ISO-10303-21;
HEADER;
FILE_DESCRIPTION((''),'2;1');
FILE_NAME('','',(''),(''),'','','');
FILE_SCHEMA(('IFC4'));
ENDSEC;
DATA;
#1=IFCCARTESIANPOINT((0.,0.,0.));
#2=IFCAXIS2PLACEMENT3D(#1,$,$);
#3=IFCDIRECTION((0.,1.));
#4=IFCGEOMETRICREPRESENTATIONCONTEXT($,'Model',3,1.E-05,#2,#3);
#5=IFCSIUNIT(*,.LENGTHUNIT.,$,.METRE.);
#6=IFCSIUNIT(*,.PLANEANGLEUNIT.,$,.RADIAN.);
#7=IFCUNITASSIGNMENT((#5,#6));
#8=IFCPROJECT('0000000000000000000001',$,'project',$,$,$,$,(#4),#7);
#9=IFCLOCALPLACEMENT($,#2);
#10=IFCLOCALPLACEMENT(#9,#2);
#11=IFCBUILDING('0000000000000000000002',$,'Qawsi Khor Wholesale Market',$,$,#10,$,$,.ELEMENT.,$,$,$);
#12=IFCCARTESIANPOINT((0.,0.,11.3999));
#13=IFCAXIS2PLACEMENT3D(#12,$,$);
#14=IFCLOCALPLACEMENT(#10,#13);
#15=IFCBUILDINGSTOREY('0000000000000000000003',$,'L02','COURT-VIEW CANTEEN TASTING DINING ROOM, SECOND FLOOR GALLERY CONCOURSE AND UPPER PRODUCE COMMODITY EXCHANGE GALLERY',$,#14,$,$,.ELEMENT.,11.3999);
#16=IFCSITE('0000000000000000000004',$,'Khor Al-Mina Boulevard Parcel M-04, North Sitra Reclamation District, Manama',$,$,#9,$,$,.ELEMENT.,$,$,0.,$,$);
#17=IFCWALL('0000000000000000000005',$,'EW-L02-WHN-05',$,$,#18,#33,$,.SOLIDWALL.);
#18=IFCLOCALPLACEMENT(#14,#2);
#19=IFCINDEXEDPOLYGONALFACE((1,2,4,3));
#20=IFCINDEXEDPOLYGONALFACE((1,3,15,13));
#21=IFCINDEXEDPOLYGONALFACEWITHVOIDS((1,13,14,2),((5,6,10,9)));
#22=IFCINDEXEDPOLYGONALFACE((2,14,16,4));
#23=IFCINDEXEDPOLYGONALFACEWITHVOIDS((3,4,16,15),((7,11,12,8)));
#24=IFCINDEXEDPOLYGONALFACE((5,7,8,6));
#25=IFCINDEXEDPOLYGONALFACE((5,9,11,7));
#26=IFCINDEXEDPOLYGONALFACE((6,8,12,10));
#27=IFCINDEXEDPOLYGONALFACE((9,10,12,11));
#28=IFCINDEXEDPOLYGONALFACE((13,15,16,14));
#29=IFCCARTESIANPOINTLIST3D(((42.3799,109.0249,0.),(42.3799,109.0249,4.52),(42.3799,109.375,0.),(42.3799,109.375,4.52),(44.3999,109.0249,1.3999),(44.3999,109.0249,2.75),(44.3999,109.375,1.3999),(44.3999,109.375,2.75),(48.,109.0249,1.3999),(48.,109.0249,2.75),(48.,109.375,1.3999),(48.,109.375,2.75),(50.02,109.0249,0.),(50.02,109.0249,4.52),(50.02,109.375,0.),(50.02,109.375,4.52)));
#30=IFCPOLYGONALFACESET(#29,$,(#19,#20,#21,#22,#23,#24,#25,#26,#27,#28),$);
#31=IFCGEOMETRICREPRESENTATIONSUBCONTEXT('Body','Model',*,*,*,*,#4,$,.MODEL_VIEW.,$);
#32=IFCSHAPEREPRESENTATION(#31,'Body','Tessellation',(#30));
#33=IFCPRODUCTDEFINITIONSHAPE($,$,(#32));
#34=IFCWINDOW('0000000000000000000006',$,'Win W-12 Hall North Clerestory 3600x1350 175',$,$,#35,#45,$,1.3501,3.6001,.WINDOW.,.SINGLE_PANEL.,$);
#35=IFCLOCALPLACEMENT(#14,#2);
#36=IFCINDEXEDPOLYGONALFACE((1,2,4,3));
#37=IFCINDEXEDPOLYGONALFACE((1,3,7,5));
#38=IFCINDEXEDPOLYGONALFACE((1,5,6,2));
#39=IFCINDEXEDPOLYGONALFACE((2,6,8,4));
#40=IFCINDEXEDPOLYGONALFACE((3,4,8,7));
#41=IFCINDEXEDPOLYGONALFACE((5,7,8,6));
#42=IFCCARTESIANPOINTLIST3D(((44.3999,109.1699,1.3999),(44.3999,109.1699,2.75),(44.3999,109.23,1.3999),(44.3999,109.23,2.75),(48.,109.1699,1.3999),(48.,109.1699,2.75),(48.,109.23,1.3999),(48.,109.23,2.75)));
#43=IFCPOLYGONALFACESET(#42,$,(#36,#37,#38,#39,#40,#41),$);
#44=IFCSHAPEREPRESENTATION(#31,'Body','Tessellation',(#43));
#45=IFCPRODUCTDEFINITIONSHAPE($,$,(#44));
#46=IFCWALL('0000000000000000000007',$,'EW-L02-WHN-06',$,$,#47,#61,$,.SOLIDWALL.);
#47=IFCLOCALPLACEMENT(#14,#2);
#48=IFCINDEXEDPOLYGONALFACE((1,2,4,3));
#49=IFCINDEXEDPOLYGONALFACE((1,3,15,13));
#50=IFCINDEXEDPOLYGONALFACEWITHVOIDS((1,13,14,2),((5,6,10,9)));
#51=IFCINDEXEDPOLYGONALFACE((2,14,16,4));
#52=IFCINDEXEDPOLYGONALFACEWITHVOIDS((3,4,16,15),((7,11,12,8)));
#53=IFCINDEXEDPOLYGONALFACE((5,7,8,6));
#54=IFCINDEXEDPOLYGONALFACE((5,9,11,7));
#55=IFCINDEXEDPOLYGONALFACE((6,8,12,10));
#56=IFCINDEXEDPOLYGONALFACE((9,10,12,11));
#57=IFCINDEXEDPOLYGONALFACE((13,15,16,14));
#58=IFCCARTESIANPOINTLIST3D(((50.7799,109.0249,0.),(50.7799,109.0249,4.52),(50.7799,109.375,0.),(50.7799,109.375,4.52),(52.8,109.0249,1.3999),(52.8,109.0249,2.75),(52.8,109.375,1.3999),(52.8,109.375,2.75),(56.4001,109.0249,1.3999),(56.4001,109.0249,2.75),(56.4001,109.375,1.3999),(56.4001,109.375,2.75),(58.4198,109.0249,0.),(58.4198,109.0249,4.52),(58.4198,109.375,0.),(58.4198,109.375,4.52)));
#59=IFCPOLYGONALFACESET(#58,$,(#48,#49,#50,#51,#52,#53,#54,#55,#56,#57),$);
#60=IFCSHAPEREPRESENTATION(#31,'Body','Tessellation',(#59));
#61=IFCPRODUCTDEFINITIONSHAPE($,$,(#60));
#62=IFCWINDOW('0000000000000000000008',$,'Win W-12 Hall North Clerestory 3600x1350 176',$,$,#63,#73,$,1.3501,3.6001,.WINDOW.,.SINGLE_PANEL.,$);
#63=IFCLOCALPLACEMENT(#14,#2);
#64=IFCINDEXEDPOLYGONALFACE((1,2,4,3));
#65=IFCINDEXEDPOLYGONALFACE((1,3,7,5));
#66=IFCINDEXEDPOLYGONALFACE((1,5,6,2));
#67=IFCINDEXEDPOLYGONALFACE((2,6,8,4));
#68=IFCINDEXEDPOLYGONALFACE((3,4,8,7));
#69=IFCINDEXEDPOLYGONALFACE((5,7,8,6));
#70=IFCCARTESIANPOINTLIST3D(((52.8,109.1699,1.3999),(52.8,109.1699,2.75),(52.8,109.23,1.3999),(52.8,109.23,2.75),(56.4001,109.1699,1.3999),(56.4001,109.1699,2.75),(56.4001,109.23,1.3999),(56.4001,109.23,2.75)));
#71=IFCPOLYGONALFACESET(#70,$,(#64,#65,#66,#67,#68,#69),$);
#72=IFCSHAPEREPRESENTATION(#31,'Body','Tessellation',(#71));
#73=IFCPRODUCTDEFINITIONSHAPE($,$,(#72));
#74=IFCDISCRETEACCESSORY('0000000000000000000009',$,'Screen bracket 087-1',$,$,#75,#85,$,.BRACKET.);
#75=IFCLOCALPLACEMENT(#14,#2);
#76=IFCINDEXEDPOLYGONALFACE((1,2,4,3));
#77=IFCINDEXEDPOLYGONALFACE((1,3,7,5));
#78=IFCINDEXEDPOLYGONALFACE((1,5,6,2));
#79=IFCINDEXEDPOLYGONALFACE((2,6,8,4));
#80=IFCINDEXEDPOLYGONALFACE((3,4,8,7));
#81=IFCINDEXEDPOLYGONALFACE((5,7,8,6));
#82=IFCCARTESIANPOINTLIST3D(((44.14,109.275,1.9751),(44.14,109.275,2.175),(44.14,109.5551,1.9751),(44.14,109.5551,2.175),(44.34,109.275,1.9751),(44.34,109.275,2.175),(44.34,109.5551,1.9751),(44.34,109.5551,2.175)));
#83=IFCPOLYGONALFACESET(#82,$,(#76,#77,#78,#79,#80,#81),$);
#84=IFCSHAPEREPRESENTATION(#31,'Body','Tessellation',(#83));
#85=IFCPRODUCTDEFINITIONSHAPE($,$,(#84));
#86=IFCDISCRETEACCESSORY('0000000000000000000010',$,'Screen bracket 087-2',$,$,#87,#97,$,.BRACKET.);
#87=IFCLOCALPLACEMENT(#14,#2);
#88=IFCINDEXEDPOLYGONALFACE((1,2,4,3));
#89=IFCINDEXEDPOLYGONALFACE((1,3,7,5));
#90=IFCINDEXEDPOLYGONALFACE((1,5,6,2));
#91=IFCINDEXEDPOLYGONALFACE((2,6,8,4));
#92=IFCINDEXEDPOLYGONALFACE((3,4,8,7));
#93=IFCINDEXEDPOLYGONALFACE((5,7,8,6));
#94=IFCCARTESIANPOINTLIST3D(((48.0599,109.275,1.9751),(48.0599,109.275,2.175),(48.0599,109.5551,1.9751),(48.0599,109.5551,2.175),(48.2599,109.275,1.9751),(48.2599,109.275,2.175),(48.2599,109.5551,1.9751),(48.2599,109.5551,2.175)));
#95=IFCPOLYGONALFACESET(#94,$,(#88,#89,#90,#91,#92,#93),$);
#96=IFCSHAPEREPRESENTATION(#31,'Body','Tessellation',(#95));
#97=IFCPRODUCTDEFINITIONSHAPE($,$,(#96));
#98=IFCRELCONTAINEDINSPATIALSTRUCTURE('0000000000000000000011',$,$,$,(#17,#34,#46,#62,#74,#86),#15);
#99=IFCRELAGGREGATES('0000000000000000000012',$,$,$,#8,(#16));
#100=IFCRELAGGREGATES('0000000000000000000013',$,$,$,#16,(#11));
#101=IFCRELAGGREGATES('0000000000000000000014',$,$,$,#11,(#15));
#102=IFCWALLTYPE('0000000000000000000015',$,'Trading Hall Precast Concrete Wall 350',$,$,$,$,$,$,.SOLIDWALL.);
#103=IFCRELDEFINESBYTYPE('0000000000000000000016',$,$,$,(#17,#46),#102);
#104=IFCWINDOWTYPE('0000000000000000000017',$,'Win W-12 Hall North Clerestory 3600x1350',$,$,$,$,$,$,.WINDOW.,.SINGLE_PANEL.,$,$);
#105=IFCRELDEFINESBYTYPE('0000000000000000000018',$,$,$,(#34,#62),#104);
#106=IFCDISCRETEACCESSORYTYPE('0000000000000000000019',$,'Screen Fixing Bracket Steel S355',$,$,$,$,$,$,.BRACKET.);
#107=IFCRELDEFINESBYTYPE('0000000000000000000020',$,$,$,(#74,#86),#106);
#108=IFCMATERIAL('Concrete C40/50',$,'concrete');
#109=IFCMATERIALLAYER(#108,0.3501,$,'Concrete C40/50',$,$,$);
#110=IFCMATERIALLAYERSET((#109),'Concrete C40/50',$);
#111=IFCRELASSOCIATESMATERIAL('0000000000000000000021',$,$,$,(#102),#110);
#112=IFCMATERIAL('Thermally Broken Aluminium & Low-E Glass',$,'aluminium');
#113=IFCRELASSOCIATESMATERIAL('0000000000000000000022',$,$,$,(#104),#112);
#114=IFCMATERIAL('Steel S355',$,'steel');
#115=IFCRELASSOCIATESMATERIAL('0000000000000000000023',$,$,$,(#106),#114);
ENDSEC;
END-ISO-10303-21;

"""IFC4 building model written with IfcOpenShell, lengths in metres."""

from ifc_helpers import new_model, si_unit, direction, frame, frame_2d, origin, origin_2d, place, context, subcontext, project, spatial, rectangle, extrude, material, layer, layer_set, type_object, element, fill, save


model = new_model("IFC4")

# Units and contexts
model_context = context("Model", 3, precision=1e-05, world=origin(), true_north=direction((0.0, 1.0)))
body_context = subcontext(model_context, "Body", "Model", "MODEL_VIEW")
ifc_project = project(units=[si_unit("LENGTHUNIT", "METRE"), si_unit("PLANEANGLEUNIT", "RADIAN")], contexts=[model_context])

# Site, building, storey
site_placement = place(None, origin())
site = spatial("IfcSite", under=ifc_project, at=site_placement, Name="Khor Al-Mina Boulevard Parcel M-04, North Sitra Reclamation District, Manama", CompositionType="ELEMENT", RefElevation=0.0)
building_placement = place(site_placement, origin())
building = spatial("IfcBuilding", under=site, at=building_placement, Name="Qawsi Khor Wholesale Market", CompositionType="ELEMENT")
storey_placement = place(building_placement, frame((0.0, 0.0, 11.3999)))
storey = spatial("IfcBuildingStorey", under=building, at=storey_placement, Name="L02", Description="COURT-VIEW CANTEEN TASTING DINING ROOM, SECOND FLOOR GALLERY CONCOURSE AND UPPER PRODUCE COMMODITY EXCHANGE GALLERY", CompositionType="ELEMENT", Elevation=11.3999)

# Shared definitions
ifc_material_1 = material(Name="Concrete C40/50", Category="concrete")

# Shared definitions
ifc_material_2 = material(Name="Steel S355", Category="steel")

# Walls, openings, windows
ifc_layer_1 = layer(ifc_material_1, 0.3501, Name="Concrete C40/50")
ifc_layer_set_1 = layer_set([ifc_layer_1], Name="Concrete C40/50")
wall_type = type_object("IfcWallType", Name="Trading Hall Precast Concrete Wall 350", PredefinedType="SOLIDWALL", material=ifc_layer_set_1)
ifc_material_3 = material(Name="Thermally Broken Aluminium & Low-E Glass", Category="aluminium")
window_type = type_object("IfcWindowType", Name="Win W-12 Hall North Clerestory 3600x1350", PartitioningType="SINGLE_PANEL", PredefinedType="WINDOW", material=ifc_material_3)
wall_1_placement = place(storey_placement, frame((42.3799, 109.2, 0.0), z_axis=(0.0, 0.0, 1.0), x_axis=(1.0, 0.0, 0.0)))
wall_1 = element("IfcWall", 1, at=wall_1_placement, inside=storey, type_object=wall_type, Name="EW-L02-WHN-05", PredefinedType="SOLIDWALL", context=body_context, shape_type="SweptSolid", body=[
    extrude(rectangle(XDim=7.6401, YDim=0.3501, at=frame_2d((3.8201, 0.0))), origin(), (0.0, 0.0, 1.0), 4.52),
])
opening_1_placement = place(wall_1_placement, frame((2.02, 0.0, 1.3999)))
opening_1 = element("IfcOpeningElement", 2, at=opening_1_placement, cuts=wall_1, PredefinedType="OPENING", context=body_context, shape_type="SweptSolid", body=[
    extrude(rectangle(XDim=3.6001, YDim=1.3501, at=frame_2d((1.8, 0.675))), frame((0.0, 0.1851, 0.0), z_axis=(0.0, -1.0, 0.0), x_axis=(1.0, 0.0, 0.0)), (0.0, 0.0, 1.0), 0.3701),
])
window_1_placement = place(opening_1_placement, origin())
window_1 = element("IfcWindow", 3, at=window_1_placement, inside=storey, type_object=window_type, Name="Win W-12 Hall North Clerestory 3600x1350 175", OverallHeight=1.3501, OverallWidth=3.6001, PartitioningType="SINGLE_PANEL", PredefinedType="WINDOW", context=body_context, shape_type="SweptSolid", body=[
    extrude(rectangle(XDim=3.6001, YDim=1.3501, at=frame_2d((1.8, 0.675))), frame((0.0, 0.03, 0.0), z_axis=(0.0, -1.0, 0.0), x_axis=(1.0, 0.0, 0.0)), (0.0, 0.0, 1.0), 0.0601),
])
fill(opening_1, window_1)
wall_2_placement = place(storey_placement, frame((50.78, 109.2, 0.0), z_axis=(0.0, 0.0, 1.0), x_axis=(1.0, 0.0, 0.0)))
wall_2 = element("IfcWall", 4, at=wall_2_placement, inside=storey, type_object=wall_type, Name="EW-L02-WHN-06", PredefinedType="SOLIDWALL", context=body_context, shape_type="SweptSolid", body=[
    extrude(rectangle(XDim=7.6399, YDim=0.3501, at=frame_2d((3.8198, 0.0))), origin(), (0.0, 0.0, 1.0), 4.52),
])
opening_2_placement = place(wall_2_placement, frame((2.02, 0.0, 1.3999)))
opening_2 = element("IfcOpeningElement", 5, at=opening_2_placement, cuts=wall_2, PredefinedType="OPENING", context=body_context, shape_type="SweptSolid", body=[
    extrude(rectangle(XDim=3.6001, YDim=1.3501, at=frame_2d((1.8, 0.675))), frame((0.0, 0.1851, 0.0), z_axis=(0.0, -1.0, 0.0), x_axis=(1.0, 0.0, 0.0)), (0.0, 0.0, 1.0), 0.3701),
])
window_2_placement = place(opening_2_placement, origin())
window_2 = element("IfcWindow", 6, at=window_2_placement, inside=storey, type_object=window_type, Name="Win W-12 Hall North Clerestory 3600x1350 176", OverallHeight=1.3501, OverallWidth=3.6001, PartitioningType="SINGLE_PANEL", PredefinedType="WINDOW", context=body_context, shape_type="SweptSolid", body=[
    extrude(rectangle(XDim=3.6001, YDim=1.3501, at=frame_2d((1.8, 0.675))), frame((0.0, 0.03, 0.0), z_axis=(0.0, -1.0, 0.0), x_axis=(1.0, 0.0, 0.0)), (0.0, 0.0, 1.0), 0.0601),
])
fill(opening_2, window_2)

# Discrete accessories
discrete_accessory_type = type_object("IfcDiscreteAccessoryType", Name="Screen Fixing Bracket Steel S355", PredefinedType="BRACKET", material=ifc_material_2)
for number, where, z_axis, x_axis, name in (
    (7, (44.24, 109.415, 1.9751), (0.0, 0.0, 1.0), (1.0, 0.0, 0.0), "Screen bracket 087-1"),
    (8, (48.1599, 109.415, 1.9751), (0.0, 0.0, 1.0), (1.0, 0.0, 0.0), "Screen bracket 087-2"),
):
    element("IfcDiscreteAccessory", number, at=place(storey_placement, frame(where, z_axis=z_axis, x_axis=x_axis)), inside=storey, type_object=discrete_accessory_type, Name=name, PredefinedType="BRACKET", context=body_context, shape_type="SweptSolid", body=[
        extrude(rectangle(XDim=0.2, YDim=0.28, at=origin_2d()), origin(), (0.0, 0.0, 1.0), 0.2),
    ])

save(model, "model.ifc")
